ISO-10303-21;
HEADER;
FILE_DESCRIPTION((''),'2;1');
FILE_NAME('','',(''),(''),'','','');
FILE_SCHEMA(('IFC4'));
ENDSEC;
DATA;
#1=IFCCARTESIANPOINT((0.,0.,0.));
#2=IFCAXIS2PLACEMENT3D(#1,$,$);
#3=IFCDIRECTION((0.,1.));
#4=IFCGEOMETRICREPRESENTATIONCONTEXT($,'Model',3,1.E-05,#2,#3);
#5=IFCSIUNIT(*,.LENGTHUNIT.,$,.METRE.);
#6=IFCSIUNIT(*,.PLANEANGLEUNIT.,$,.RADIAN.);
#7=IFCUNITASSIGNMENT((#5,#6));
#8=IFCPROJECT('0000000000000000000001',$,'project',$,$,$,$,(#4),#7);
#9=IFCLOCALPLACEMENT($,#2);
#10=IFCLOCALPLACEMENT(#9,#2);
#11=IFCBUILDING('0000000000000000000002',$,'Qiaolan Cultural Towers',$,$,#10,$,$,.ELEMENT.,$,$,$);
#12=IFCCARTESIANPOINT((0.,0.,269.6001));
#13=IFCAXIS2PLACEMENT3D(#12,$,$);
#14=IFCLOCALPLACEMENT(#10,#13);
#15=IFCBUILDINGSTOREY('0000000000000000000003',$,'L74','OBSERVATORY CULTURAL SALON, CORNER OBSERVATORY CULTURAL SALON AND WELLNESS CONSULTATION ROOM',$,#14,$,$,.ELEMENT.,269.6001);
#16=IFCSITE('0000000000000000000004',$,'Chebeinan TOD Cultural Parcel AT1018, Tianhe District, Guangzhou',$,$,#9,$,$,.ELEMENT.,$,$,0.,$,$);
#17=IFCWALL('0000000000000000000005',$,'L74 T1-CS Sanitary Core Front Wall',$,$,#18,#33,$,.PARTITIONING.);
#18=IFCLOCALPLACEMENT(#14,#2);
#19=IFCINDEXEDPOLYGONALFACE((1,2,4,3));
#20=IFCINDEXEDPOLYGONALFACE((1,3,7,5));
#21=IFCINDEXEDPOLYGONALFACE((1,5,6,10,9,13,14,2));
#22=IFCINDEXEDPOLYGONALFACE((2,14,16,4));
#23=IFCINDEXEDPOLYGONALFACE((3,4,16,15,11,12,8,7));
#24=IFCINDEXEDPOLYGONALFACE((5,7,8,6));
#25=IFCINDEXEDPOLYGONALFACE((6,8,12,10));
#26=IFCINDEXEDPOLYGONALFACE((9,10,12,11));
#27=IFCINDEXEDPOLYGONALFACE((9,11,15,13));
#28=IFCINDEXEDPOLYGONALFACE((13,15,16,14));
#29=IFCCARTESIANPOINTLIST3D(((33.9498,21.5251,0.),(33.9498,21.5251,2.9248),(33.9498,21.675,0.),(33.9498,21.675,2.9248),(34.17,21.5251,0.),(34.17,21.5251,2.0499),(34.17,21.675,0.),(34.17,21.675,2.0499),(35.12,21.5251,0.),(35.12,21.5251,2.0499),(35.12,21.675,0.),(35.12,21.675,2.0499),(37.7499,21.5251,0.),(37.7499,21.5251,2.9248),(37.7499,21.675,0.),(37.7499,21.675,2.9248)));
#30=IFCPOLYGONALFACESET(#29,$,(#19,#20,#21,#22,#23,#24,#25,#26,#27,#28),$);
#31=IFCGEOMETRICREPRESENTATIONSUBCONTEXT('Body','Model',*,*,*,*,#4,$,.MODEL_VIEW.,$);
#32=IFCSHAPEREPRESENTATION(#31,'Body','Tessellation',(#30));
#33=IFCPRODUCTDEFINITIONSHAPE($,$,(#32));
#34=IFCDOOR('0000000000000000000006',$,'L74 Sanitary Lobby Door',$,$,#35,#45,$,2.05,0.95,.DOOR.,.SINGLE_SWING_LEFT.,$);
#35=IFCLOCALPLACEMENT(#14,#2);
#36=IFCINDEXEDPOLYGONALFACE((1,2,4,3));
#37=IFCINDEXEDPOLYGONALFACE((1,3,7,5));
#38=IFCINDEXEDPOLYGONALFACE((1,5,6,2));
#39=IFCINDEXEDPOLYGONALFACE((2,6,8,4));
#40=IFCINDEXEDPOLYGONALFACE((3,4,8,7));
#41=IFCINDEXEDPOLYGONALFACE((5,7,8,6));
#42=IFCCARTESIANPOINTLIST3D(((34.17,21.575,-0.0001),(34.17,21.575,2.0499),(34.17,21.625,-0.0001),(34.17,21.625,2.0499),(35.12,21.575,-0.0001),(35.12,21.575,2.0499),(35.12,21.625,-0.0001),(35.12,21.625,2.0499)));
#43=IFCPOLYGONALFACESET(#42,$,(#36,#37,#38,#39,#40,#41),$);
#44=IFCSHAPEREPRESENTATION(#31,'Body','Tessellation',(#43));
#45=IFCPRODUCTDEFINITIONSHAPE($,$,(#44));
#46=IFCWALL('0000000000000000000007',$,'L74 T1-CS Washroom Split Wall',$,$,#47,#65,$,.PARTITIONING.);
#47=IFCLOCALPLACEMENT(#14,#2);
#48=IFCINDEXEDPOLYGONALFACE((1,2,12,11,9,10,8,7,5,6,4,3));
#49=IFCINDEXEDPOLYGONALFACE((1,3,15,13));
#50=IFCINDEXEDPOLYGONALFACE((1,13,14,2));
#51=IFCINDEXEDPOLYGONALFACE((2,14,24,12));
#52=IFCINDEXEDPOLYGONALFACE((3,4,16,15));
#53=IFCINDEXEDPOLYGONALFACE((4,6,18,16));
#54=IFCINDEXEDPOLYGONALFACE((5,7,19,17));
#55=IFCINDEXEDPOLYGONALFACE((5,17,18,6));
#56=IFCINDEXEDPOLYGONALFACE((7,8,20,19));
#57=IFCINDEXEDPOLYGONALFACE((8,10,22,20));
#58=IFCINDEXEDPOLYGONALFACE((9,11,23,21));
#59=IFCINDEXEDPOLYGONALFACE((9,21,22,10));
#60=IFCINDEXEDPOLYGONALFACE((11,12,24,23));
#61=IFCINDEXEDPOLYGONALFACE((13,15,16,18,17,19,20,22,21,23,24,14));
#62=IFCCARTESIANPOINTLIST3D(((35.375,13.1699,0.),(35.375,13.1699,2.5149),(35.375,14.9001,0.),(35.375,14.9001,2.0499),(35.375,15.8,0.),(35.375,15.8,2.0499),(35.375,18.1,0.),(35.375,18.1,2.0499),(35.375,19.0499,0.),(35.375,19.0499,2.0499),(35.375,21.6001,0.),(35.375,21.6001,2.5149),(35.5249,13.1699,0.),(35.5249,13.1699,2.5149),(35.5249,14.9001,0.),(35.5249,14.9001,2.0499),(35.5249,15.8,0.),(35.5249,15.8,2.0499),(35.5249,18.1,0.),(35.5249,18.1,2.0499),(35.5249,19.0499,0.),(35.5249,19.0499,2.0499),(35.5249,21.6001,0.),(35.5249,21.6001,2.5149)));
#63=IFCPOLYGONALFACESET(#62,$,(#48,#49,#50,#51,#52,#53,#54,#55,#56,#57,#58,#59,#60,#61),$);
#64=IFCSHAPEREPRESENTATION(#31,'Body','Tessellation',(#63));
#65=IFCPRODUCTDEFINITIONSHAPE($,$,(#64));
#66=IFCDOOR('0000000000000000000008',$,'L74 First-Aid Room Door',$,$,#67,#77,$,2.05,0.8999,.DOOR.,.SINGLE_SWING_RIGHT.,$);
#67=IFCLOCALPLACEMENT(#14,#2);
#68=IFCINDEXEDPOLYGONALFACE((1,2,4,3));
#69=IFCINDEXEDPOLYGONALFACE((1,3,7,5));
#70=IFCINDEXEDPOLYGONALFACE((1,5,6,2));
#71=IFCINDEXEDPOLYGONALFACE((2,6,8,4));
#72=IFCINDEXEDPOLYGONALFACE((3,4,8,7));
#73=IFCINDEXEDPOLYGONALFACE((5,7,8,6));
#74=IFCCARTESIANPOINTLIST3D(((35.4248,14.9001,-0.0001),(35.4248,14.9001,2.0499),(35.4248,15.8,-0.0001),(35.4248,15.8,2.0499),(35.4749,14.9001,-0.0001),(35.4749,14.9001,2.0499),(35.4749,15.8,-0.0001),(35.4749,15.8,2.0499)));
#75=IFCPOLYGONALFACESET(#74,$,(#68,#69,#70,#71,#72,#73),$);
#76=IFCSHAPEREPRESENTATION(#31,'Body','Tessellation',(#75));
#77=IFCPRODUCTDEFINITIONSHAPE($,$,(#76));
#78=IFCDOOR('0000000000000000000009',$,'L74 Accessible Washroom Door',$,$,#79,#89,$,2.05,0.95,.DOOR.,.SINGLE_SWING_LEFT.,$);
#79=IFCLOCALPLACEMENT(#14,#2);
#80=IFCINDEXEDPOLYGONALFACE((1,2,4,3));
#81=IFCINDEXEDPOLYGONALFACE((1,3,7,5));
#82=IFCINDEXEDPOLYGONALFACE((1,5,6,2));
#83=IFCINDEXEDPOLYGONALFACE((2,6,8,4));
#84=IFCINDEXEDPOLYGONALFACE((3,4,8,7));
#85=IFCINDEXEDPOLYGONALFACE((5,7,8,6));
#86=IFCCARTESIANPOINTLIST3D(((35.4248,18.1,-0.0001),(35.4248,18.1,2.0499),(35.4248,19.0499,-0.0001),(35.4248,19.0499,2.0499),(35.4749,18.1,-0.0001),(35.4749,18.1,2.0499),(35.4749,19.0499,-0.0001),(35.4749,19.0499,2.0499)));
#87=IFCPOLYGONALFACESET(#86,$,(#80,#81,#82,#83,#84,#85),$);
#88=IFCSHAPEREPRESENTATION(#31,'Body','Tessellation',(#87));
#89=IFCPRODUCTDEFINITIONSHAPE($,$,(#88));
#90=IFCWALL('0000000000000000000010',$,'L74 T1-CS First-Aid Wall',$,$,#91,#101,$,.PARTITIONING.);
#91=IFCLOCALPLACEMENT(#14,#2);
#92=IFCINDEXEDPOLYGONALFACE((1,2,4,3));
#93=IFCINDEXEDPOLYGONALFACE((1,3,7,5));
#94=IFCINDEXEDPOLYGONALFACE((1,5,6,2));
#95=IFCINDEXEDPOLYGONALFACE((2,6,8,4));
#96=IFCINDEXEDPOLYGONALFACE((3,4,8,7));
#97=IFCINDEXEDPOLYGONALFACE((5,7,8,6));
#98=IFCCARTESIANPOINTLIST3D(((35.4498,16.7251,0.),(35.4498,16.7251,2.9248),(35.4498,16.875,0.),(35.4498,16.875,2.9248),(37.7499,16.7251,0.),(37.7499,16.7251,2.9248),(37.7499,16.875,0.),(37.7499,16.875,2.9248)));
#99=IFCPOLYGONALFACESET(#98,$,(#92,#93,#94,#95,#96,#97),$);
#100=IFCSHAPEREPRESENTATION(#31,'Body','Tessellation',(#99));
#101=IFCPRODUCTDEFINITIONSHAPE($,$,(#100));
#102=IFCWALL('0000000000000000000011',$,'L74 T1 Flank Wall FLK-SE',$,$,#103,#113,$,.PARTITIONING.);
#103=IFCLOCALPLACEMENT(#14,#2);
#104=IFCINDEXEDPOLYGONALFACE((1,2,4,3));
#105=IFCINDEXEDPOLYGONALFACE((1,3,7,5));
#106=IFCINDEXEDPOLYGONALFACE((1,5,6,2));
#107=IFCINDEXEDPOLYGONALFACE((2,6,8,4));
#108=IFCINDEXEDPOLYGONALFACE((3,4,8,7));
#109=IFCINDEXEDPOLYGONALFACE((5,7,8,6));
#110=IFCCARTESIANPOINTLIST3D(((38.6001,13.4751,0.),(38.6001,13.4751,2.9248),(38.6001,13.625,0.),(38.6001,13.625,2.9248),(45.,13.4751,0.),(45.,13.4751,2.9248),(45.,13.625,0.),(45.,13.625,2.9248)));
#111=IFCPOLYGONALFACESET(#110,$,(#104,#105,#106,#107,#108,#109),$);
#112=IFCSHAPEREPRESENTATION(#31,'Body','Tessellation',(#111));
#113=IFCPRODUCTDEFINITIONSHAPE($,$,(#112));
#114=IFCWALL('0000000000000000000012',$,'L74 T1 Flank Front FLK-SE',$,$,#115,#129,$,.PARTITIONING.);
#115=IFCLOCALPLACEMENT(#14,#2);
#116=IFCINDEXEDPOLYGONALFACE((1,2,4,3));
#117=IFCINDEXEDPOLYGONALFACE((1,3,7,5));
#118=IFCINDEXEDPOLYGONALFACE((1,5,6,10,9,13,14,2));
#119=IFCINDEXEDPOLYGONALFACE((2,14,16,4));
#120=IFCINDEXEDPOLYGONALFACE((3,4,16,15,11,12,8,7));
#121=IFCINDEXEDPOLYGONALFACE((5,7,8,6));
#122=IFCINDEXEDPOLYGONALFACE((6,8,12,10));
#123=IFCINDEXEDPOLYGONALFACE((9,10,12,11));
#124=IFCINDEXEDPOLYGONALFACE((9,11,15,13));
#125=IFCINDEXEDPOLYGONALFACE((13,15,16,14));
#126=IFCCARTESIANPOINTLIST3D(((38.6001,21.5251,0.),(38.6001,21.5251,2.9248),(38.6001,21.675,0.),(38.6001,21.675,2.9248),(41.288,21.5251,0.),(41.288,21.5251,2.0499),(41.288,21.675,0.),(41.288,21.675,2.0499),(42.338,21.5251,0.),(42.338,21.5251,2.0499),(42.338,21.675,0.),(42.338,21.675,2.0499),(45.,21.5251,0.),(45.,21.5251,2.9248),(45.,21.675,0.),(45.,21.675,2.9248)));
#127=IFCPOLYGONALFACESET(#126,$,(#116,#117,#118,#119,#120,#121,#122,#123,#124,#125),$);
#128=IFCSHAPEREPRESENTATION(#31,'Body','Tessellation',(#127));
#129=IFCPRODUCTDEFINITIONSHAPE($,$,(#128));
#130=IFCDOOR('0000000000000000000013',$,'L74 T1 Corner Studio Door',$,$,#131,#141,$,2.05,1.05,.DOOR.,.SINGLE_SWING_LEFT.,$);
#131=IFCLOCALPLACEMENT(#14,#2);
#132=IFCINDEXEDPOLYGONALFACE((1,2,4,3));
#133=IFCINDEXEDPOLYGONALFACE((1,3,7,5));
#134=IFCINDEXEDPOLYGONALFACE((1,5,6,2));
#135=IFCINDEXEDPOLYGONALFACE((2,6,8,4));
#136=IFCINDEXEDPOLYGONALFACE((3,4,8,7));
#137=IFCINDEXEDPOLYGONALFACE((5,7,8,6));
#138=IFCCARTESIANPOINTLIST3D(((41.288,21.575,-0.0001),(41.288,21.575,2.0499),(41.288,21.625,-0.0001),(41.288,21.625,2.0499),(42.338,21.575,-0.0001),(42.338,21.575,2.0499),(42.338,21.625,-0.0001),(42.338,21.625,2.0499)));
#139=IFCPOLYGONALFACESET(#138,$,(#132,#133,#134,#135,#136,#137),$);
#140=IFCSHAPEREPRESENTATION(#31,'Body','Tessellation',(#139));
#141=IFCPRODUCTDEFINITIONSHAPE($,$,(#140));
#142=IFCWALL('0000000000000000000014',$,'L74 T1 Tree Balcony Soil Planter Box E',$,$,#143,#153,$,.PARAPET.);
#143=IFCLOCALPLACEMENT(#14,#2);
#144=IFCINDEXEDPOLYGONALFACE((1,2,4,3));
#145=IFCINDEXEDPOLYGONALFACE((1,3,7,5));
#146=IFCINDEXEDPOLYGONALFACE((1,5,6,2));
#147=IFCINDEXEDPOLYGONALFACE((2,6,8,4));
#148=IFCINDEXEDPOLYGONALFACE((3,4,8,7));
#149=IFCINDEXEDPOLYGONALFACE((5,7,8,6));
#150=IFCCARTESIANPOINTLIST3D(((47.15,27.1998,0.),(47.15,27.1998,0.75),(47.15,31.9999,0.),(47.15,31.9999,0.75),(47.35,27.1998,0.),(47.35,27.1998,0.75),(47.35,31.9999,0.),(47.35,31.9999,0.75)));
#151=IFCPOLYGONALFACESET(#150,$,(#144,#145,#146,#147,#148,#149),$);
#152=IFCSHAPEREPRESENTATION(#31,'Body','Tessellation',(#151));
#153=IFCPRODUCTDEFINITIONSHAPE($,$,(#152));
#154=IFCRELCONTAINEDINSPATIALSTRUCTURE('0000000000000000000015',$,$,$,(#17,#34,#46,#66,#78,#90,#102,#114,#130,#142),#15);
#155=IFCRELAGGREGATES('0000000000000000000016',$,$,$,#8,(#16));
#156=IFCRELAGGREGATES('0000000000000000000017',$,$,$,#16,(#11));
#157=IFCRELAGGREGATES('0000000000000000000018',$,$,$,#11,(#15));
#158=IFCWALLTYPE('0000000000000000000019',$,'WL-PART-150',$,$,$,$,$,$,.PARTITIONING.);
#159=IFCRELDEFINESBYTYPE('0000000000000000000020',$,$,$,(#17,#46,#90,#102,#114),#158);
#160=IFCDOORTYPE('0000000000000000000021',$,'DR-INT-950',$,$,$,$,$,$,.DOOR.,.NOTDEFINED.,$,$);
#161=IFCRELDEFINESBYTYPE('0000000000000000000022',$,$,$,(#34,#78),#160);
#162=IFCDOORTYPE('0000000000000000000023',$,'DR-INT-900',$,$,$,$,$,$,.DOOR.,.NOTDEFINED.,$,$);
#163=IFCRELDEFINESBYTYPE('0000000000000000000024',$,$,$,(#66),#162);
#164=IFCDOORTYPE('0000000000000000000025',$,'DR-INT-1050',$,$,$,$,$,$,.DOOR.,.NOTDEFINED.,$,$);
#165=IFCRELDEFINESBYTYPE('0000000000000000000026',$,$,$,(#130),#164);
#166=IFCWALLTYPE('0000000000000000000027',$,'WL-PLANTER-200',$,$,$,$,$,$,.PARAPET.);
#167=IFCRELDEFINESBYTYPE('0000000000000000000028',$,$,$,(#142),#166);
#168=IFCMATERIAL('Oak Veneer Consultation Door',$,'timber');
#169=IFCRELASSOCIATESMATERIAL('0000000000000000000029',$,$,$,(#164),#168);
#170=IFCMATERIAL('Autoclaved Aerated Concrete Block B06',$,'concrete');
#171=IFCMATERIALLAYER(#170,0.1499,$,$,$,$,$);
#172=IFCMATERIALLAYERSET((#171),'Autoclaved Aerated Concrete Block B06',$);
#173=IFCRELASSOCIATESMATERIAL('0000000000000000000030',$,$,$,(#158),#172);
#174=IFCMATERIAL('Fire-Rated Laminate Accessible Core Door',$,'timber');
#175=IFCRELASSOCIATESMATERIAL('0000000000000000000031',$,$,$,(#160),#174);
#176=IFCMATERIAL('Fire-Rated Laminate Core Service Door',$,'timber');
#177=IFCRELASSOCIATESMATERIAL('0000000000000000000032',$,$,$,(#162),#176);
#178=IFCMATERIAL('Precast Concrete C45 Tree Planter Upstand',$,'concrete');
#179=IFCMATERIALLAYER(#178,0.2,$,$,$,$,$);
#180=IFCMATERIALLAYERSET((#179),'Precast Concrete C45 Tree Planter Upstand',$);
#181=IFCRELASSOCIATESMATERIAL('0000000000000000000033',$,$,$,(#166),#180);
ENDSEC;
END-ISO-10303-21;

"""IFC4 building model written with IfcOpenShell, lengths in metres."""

from ifc_helpers import new_model, si_unit, direction, frame, frame_2d, origin, place, context, subcontext, project, spatial, rectangle, extrude, material, layer, layer_set, type_object, element, fill, save


model = new_model("IFC4")

# Units and contexts
model_context = context("Model", 3, precision=1e-05, world=origin(), true_north=direction((0.0, 1.0)))
body_context = subcontext(model_context, "Body", "Model", "MODEL_VIEW")
ifc_project = project(units=[si_unit("LENGTHUNIT", "METRE"), si_unit("PLANEANGLEUNIT", "RADIAN")], contexts=[model_context])

# Site, building, storey
site_placement = place(None, origin())
site = spatial("IfcSite", under=ifc_project, at=site_placement, Name="Chebeinan TOD Cultural Parcel AT1018, Tianhe District, Guangzhou", CompositionType="ELEMENT", RefElevation=0.0)
building_placement = place(site_placement, origin())
building = spatial("IfcBuilding", under=site, at=building_placement, Name="Qiaolan Cultural Towers", CompositionType="ELEMENT")
storey_placement = place(building_placement, frame((0.0, 0.0, 269.6001)))
storey = spatial("IfcBuildingStorey", under=building, at=storey_placement, Name="L74", Description="OBSERVATORY CULTURAL SALON, CORNER OBSERVATORY CULTURAL SALON AND WELLNESS CONSULTATION ROOM", CompositionType="ELEMENT", Elevation=269.6001)

# Shared definitions
ifc_material_1 = material(Name="Oak Veneer Consultation Door", Category="timber")
door_type_1 = type_object("IfcDoorType", Name="DR-INT-1050", OperationType="NOTDEFINED", PredefinedType="DOOR", material=ifc_material_1)

# Wall, opening, door
ifc_material_2 = material(Name="Autoclaved Aerated Concrete Block B06", Category="concrete")
ifc_layer_1 = layer(ifc_material_2, 0.1499)
ifc_layer_set_1 = layer_set([ifc_layer_1], Name="Autoclaved Aerated Concrete Block B06")
wall_type_1 = type_object("IfcWallType", Name="WL-PART-150", PredefinedType="PARTITIONING", material=ifc_layer_set_1)
wall_1_placement = place(storey_placement, frame((33.95, 21.6001, 0.0), z_axis=(0.0, 0.0, 1.0), x_axis=(1.0, 0.0, 0.0)))
wall_1 = element("IfcWall", 1, at=wall_1_placement, inside=storey, type_object=wall_type_1, Name="L74 T1-CS Sanitary Core Front Wall", PredefinedType="PARTITIONING", context=body_context, shape_type="SweptSolid", body=[
    extrude(rectangle(XDim=3.8, YDim=0.1499, at=frame_2d((1.8999, 0.0))), origin(), (0.0, 0.0, 1.0), 2.9248),
])
opening_1_placement = place(wall_1_placement, frame((0.22, 0.0, 0.0)))
opening_1 = element("IfcOpeningElement", 2, at=opening_1_placement, cuts=wall_1, PredefinedType="OPENING", context=body_context, shape_type="SweptSolid", body=[
    extrude(rectangle(XDim=0.95, YDim=2.05, at=frame_2d((0.4751, 1.0249))), frame((0.0, 0.085, 0.0), z_axis=(0.0, -1.0, 0.0), x_axis=(1.0, 0.0, 0.0)), (0.0, 0.0, 1.0), 0.1699),
])
ifc_material_3 = material(Name="Fire-Rated Laminate Accessible Core Door", Category="timber")
door_type_2 = type_object("IfcDoorType", Name="DR-INT-950", OperationType="NOTDEFINED", PredefinedType="DOOR", material=ifc_material_3)
door_1_placement = place(opening_1_placement, origin())
door_1 = element("IfcDoor", 3, at=door_1_placement, inside=storey, type_object=door_type_2, Name="L74 Sanitary Lobby Door", OperationType="SINGLE_SWING_LEFT", OverallHeight=2.05, OverallWidth=0.95, PredefinedType="DOOR", context=body_context, shape_type="SweptSolid", body=[
    extrude(rectangle(XDim=0.95, YDim=2.05, at=frame_2d((0.4751, 1.0249))), frame((0.0, 0.0249, 0.0), z_axis=(0.0, -1.0, 0.0), x_axis=(1.0, 0.0, 0.0)), (0.0, 0.0, 1.0), 0.05),
])
fill(opening_1, door_1)

# Wall, openings, doors
wall_2_placement = place(storey_placement, frame((35.45, 21.6001, 0.0), z_axis=(0.0, 0.0, 1.0), x_axis=(0.0, -1.0, 0.0)))
wall_2 = element("IfcWall", 4, at=wall_2_placement, inside=storey, type_object=wall_type_1, Name="L74 T1-CS Washroom Split Wall", PredefinedType="PARTITIONING", context=body_context, shape_type="SweptSolid", body=[
    extrude(rectangle(XDim=8.4302, YDim=0.1499, at=frame_2d((4.2151, 0.0))), origin(), (0.0, 0.0, 1.0), 2.5149),
])
opening_2_placement = place(wall_2_placement, frame((2.55, 0.0, 0.0)))
opening_2 = element("IfcOpeningElement", 5, at=opening_2_placement, cuts=wall_2, PredefinedType="OPENING", context=body_context, shape_type="SweptSolid", body=[
    extrude(rectangle(XDim=0.95, YDim=2.05, at=frame_2d((0.4751, 1.0249))), frame((0.0, 0.085, 0.0), z_axis=(0.0, -1.0, 0.0), x_axis=(1.0, 0.0, 0.0)), (0.0, 0.0, 1.0), 0.1699),
])
opening_3_placement = place(wall_2_placement, frame((5.8, 0.0, 0.0)))
opening_3 = element("IfcOpeningElement", 6, at=opening_3_placement, cuts=wall_2, PredefinedType="OPENING", context=body_context, shape_type="SweptSolid", body=[
    extrude(rectangle(XDim=0.8999, YDim=2.05, at=frame_2d((0.45, 1.0249))), frame((0.0, 0.085, 0.0), z_axis=(0.0, -1.0, 0.0), x_axis=(1.0, 0.0, 0.0)), (0.0, 0.0, 1.0), 0.1699),
])
ifc_material_4 = material(Name="Fire-Rated Laminate Core Service Door", Category="timber")
door_type_3 = type_object("IfcDoorType", Name="DR-INT-900", OperationType="NOTDEFINED", PredefinedType="DOOR", material=ifc_material_4)
door_2_placement = place(opening_3_placement, origin())
door_2 = element("IfcDoor", 7, at=door_2_placement, inside=storey, type_object=door_type_3, Name="L74 First-Aid Room Door", OperationType="SINGLE_SWING_RIGHT", OverallHeight=2.05, OverallWidth=0.8999, PredefinedType="DOOR", context=body_context, shape_type="SweptSolid", body=[
    extrude(rectangle(XDim=0.8999, YDim=2.05, at=frame_2d((0.45, 1.0249))), frame((0.0, 0.0249, 0.0), z_axis=(0.0, -1.0, 0.0), x_axis=(1.0, 0.0, 0.0)), (0.0, 0.0, 1.0), 0.05),
])
fill(opening_3, door_2)
door_3_placement = place(opening_2_placement, origin())
door_3 = element("IfcDoor", 8, at=door_3_placement, inside=storey, type_object=door_type_2, Name="L74 Accessible Washroom Door", OperationType="SINGLE_SWING_LEFT", OverallHeight=2.05, OverallWidth=0.95, PredefinedType="DOOR", context=body_context, shape_type="SweptSolid", body=[
    extrude(rectangle(XDim=0.95, YDim=2.05, at=frame_2d((0.4751, 1.0249))), frame((0.0, 0.0249, 0.0), z_axis=(0.0, -1.0, 0.0), x_axis=(1.0, 0.0, 0.0)), (0.0, 0.0, 1.0), 0.05),
])
fill(opening_2, door_3)

# Walls
wall_3_placement = place(storey_placement, frame((35.45, 16.8, 0.0), z_axis=(0.0, 0.0, 1.0), x_axis=(1.0, 0.0, 0.0)))
element("IfcWall", 9, at=wall_3_placement, inside=storey, type_object=wall_type_1, Name="L74 T1-CS First-Aid Wall", PredefinedType="PARTITIONING", context=body_context, shape_type="SweptSolid", body=[
    extrude(rectangle(XDim=2.3, YDim=0.1499, at=frame_2d((1.1499, 0.0))), origin(), (0.0, 0.0, 1.0), 2.9248),
])
wall_4_placement = place(storey_placement, frame((38.6001, 13.55, 0.0), z_axis=(0.0, 0.0, 1.0), x_axis=(1.0, 0.0, 0.0)))
element("IfcWall", 10, at=wall_4_placement, inside=storey, type_object=wall_type_1, Name="L74 T1 Flank Wall FLK-SE", PredefinedType="PARTITIONING", context=body_context, shape_type="SweptSolid", body=[
    extrude(rectangle(XDim=6.3999, YDim=0.1499, at=frame_2d((3.2, 0.0))), origin(), (0.0, 0.0, 1.0), 2.9248),
])

# Wall, opening, door
wall_5_placement = place(storey_placement, frame((38.6001, 21.6001, 0.0), z_axis=(0.0, 0.0, 1.0), x_axis=(1.0, 0.0, 0.0)))
wall_5 = element("IfcWall", 11, at=wall_5_placement, inside=storey, type_object=wall_type_1, Name="L74 T1 Flank Front FLK-SE", PredefinedType="PARTITIONING", context=body_context, shape_type="SweptSolid", body=[
    extrude(rectangle(XDim=6.3999, YDim=0.1499, at=frame_2d((3.2, 0.0))), origin(), (0.0, 0.0, 1.0), 2.9248),
])
opening_4_placement = place(wall_5_placement, frame((2.688, 0.0, 0.0)))
opening_4 = element("IfcOpeningElement", 12, at=opening_4_placement, cuts=wall_5, PredefinedType="OPENING", context=body_context, shape_type="SweptSolid", body=[
    extrude(rectangle(XDim=1.05, YDim=2.05, at=frame_2d((0.5249, 1.0249))), frame((0.0, 0.085, 0.0), z_axis=(0.0, -1.0, 0.0), x_axis=(1.0, 0.0, 0.0)), (0.0, 0.0, 1.0), 0.1699),
])
door_4_placement = place(opening_4_placement, origin())
door_4 = element("IfcDoor", 13, at=door_4_placement, inside=storey, type_object=door_type_1, Name="L74 T1 Corner Studio Door", OperationType="SINGLE_SWING_LEFT", OverallHeight=2.05, OverallWidth=1.05, PredefinedType="DOOR", context=body_context, shape_type="SweptSolid", body=[
    extrude(rectangle(XDim=1.05, YDim=2.05, at=frame_2d((0.5249, 1.0249))), frame((0.0, 0.0249, 0.0), z_axis=(0.0, -1.0, 0.0), x_axis=(1.0, 0.0, 0.0)), (0.0, 0.0, 1.0), 0.05),
])
fill(opening_4, door_4)

# Wall
ifc_material_5 = material(Name="Precast Concrete C45 Tree Planter Upstand", Category="concrete")
ifc_layer_2 = layer(ifc_material_5, 0.2)
ifc_layer_set_2 = layer_set([ifc_layer_2], Name="Precast Concrete C45 Tree Planter Upstand")
wall_type_2 = type_object("IfcWallType", Name="WL-PLANTER-200", PredefinedType="PARAPET", material=ifc_layer_set_2)
wall_6_placement = place(storey_placement, frame((47.25, 27.2, 0.0), z_axis=(0.0, 0.0, 1.0), x_axis=(0.0, 1.0, 0.0)))
element("IfcWall", 14, at=wall_6_placement, inside=storey, type_object=wall_type_2, Name="L74 T1 Tree Balcony Soil Planter Box E", PredefinedType="PARAPET", context=body_context, shape_type="SweptSolid", body=[
    extrude(rectangle(XDim=4.8, YDim=0.2, at=frame_2d((2.3999, 0.0))), origin(), (0.0, 0.0, 1.0), 0.75),
])

save(model, "model.ifc")
